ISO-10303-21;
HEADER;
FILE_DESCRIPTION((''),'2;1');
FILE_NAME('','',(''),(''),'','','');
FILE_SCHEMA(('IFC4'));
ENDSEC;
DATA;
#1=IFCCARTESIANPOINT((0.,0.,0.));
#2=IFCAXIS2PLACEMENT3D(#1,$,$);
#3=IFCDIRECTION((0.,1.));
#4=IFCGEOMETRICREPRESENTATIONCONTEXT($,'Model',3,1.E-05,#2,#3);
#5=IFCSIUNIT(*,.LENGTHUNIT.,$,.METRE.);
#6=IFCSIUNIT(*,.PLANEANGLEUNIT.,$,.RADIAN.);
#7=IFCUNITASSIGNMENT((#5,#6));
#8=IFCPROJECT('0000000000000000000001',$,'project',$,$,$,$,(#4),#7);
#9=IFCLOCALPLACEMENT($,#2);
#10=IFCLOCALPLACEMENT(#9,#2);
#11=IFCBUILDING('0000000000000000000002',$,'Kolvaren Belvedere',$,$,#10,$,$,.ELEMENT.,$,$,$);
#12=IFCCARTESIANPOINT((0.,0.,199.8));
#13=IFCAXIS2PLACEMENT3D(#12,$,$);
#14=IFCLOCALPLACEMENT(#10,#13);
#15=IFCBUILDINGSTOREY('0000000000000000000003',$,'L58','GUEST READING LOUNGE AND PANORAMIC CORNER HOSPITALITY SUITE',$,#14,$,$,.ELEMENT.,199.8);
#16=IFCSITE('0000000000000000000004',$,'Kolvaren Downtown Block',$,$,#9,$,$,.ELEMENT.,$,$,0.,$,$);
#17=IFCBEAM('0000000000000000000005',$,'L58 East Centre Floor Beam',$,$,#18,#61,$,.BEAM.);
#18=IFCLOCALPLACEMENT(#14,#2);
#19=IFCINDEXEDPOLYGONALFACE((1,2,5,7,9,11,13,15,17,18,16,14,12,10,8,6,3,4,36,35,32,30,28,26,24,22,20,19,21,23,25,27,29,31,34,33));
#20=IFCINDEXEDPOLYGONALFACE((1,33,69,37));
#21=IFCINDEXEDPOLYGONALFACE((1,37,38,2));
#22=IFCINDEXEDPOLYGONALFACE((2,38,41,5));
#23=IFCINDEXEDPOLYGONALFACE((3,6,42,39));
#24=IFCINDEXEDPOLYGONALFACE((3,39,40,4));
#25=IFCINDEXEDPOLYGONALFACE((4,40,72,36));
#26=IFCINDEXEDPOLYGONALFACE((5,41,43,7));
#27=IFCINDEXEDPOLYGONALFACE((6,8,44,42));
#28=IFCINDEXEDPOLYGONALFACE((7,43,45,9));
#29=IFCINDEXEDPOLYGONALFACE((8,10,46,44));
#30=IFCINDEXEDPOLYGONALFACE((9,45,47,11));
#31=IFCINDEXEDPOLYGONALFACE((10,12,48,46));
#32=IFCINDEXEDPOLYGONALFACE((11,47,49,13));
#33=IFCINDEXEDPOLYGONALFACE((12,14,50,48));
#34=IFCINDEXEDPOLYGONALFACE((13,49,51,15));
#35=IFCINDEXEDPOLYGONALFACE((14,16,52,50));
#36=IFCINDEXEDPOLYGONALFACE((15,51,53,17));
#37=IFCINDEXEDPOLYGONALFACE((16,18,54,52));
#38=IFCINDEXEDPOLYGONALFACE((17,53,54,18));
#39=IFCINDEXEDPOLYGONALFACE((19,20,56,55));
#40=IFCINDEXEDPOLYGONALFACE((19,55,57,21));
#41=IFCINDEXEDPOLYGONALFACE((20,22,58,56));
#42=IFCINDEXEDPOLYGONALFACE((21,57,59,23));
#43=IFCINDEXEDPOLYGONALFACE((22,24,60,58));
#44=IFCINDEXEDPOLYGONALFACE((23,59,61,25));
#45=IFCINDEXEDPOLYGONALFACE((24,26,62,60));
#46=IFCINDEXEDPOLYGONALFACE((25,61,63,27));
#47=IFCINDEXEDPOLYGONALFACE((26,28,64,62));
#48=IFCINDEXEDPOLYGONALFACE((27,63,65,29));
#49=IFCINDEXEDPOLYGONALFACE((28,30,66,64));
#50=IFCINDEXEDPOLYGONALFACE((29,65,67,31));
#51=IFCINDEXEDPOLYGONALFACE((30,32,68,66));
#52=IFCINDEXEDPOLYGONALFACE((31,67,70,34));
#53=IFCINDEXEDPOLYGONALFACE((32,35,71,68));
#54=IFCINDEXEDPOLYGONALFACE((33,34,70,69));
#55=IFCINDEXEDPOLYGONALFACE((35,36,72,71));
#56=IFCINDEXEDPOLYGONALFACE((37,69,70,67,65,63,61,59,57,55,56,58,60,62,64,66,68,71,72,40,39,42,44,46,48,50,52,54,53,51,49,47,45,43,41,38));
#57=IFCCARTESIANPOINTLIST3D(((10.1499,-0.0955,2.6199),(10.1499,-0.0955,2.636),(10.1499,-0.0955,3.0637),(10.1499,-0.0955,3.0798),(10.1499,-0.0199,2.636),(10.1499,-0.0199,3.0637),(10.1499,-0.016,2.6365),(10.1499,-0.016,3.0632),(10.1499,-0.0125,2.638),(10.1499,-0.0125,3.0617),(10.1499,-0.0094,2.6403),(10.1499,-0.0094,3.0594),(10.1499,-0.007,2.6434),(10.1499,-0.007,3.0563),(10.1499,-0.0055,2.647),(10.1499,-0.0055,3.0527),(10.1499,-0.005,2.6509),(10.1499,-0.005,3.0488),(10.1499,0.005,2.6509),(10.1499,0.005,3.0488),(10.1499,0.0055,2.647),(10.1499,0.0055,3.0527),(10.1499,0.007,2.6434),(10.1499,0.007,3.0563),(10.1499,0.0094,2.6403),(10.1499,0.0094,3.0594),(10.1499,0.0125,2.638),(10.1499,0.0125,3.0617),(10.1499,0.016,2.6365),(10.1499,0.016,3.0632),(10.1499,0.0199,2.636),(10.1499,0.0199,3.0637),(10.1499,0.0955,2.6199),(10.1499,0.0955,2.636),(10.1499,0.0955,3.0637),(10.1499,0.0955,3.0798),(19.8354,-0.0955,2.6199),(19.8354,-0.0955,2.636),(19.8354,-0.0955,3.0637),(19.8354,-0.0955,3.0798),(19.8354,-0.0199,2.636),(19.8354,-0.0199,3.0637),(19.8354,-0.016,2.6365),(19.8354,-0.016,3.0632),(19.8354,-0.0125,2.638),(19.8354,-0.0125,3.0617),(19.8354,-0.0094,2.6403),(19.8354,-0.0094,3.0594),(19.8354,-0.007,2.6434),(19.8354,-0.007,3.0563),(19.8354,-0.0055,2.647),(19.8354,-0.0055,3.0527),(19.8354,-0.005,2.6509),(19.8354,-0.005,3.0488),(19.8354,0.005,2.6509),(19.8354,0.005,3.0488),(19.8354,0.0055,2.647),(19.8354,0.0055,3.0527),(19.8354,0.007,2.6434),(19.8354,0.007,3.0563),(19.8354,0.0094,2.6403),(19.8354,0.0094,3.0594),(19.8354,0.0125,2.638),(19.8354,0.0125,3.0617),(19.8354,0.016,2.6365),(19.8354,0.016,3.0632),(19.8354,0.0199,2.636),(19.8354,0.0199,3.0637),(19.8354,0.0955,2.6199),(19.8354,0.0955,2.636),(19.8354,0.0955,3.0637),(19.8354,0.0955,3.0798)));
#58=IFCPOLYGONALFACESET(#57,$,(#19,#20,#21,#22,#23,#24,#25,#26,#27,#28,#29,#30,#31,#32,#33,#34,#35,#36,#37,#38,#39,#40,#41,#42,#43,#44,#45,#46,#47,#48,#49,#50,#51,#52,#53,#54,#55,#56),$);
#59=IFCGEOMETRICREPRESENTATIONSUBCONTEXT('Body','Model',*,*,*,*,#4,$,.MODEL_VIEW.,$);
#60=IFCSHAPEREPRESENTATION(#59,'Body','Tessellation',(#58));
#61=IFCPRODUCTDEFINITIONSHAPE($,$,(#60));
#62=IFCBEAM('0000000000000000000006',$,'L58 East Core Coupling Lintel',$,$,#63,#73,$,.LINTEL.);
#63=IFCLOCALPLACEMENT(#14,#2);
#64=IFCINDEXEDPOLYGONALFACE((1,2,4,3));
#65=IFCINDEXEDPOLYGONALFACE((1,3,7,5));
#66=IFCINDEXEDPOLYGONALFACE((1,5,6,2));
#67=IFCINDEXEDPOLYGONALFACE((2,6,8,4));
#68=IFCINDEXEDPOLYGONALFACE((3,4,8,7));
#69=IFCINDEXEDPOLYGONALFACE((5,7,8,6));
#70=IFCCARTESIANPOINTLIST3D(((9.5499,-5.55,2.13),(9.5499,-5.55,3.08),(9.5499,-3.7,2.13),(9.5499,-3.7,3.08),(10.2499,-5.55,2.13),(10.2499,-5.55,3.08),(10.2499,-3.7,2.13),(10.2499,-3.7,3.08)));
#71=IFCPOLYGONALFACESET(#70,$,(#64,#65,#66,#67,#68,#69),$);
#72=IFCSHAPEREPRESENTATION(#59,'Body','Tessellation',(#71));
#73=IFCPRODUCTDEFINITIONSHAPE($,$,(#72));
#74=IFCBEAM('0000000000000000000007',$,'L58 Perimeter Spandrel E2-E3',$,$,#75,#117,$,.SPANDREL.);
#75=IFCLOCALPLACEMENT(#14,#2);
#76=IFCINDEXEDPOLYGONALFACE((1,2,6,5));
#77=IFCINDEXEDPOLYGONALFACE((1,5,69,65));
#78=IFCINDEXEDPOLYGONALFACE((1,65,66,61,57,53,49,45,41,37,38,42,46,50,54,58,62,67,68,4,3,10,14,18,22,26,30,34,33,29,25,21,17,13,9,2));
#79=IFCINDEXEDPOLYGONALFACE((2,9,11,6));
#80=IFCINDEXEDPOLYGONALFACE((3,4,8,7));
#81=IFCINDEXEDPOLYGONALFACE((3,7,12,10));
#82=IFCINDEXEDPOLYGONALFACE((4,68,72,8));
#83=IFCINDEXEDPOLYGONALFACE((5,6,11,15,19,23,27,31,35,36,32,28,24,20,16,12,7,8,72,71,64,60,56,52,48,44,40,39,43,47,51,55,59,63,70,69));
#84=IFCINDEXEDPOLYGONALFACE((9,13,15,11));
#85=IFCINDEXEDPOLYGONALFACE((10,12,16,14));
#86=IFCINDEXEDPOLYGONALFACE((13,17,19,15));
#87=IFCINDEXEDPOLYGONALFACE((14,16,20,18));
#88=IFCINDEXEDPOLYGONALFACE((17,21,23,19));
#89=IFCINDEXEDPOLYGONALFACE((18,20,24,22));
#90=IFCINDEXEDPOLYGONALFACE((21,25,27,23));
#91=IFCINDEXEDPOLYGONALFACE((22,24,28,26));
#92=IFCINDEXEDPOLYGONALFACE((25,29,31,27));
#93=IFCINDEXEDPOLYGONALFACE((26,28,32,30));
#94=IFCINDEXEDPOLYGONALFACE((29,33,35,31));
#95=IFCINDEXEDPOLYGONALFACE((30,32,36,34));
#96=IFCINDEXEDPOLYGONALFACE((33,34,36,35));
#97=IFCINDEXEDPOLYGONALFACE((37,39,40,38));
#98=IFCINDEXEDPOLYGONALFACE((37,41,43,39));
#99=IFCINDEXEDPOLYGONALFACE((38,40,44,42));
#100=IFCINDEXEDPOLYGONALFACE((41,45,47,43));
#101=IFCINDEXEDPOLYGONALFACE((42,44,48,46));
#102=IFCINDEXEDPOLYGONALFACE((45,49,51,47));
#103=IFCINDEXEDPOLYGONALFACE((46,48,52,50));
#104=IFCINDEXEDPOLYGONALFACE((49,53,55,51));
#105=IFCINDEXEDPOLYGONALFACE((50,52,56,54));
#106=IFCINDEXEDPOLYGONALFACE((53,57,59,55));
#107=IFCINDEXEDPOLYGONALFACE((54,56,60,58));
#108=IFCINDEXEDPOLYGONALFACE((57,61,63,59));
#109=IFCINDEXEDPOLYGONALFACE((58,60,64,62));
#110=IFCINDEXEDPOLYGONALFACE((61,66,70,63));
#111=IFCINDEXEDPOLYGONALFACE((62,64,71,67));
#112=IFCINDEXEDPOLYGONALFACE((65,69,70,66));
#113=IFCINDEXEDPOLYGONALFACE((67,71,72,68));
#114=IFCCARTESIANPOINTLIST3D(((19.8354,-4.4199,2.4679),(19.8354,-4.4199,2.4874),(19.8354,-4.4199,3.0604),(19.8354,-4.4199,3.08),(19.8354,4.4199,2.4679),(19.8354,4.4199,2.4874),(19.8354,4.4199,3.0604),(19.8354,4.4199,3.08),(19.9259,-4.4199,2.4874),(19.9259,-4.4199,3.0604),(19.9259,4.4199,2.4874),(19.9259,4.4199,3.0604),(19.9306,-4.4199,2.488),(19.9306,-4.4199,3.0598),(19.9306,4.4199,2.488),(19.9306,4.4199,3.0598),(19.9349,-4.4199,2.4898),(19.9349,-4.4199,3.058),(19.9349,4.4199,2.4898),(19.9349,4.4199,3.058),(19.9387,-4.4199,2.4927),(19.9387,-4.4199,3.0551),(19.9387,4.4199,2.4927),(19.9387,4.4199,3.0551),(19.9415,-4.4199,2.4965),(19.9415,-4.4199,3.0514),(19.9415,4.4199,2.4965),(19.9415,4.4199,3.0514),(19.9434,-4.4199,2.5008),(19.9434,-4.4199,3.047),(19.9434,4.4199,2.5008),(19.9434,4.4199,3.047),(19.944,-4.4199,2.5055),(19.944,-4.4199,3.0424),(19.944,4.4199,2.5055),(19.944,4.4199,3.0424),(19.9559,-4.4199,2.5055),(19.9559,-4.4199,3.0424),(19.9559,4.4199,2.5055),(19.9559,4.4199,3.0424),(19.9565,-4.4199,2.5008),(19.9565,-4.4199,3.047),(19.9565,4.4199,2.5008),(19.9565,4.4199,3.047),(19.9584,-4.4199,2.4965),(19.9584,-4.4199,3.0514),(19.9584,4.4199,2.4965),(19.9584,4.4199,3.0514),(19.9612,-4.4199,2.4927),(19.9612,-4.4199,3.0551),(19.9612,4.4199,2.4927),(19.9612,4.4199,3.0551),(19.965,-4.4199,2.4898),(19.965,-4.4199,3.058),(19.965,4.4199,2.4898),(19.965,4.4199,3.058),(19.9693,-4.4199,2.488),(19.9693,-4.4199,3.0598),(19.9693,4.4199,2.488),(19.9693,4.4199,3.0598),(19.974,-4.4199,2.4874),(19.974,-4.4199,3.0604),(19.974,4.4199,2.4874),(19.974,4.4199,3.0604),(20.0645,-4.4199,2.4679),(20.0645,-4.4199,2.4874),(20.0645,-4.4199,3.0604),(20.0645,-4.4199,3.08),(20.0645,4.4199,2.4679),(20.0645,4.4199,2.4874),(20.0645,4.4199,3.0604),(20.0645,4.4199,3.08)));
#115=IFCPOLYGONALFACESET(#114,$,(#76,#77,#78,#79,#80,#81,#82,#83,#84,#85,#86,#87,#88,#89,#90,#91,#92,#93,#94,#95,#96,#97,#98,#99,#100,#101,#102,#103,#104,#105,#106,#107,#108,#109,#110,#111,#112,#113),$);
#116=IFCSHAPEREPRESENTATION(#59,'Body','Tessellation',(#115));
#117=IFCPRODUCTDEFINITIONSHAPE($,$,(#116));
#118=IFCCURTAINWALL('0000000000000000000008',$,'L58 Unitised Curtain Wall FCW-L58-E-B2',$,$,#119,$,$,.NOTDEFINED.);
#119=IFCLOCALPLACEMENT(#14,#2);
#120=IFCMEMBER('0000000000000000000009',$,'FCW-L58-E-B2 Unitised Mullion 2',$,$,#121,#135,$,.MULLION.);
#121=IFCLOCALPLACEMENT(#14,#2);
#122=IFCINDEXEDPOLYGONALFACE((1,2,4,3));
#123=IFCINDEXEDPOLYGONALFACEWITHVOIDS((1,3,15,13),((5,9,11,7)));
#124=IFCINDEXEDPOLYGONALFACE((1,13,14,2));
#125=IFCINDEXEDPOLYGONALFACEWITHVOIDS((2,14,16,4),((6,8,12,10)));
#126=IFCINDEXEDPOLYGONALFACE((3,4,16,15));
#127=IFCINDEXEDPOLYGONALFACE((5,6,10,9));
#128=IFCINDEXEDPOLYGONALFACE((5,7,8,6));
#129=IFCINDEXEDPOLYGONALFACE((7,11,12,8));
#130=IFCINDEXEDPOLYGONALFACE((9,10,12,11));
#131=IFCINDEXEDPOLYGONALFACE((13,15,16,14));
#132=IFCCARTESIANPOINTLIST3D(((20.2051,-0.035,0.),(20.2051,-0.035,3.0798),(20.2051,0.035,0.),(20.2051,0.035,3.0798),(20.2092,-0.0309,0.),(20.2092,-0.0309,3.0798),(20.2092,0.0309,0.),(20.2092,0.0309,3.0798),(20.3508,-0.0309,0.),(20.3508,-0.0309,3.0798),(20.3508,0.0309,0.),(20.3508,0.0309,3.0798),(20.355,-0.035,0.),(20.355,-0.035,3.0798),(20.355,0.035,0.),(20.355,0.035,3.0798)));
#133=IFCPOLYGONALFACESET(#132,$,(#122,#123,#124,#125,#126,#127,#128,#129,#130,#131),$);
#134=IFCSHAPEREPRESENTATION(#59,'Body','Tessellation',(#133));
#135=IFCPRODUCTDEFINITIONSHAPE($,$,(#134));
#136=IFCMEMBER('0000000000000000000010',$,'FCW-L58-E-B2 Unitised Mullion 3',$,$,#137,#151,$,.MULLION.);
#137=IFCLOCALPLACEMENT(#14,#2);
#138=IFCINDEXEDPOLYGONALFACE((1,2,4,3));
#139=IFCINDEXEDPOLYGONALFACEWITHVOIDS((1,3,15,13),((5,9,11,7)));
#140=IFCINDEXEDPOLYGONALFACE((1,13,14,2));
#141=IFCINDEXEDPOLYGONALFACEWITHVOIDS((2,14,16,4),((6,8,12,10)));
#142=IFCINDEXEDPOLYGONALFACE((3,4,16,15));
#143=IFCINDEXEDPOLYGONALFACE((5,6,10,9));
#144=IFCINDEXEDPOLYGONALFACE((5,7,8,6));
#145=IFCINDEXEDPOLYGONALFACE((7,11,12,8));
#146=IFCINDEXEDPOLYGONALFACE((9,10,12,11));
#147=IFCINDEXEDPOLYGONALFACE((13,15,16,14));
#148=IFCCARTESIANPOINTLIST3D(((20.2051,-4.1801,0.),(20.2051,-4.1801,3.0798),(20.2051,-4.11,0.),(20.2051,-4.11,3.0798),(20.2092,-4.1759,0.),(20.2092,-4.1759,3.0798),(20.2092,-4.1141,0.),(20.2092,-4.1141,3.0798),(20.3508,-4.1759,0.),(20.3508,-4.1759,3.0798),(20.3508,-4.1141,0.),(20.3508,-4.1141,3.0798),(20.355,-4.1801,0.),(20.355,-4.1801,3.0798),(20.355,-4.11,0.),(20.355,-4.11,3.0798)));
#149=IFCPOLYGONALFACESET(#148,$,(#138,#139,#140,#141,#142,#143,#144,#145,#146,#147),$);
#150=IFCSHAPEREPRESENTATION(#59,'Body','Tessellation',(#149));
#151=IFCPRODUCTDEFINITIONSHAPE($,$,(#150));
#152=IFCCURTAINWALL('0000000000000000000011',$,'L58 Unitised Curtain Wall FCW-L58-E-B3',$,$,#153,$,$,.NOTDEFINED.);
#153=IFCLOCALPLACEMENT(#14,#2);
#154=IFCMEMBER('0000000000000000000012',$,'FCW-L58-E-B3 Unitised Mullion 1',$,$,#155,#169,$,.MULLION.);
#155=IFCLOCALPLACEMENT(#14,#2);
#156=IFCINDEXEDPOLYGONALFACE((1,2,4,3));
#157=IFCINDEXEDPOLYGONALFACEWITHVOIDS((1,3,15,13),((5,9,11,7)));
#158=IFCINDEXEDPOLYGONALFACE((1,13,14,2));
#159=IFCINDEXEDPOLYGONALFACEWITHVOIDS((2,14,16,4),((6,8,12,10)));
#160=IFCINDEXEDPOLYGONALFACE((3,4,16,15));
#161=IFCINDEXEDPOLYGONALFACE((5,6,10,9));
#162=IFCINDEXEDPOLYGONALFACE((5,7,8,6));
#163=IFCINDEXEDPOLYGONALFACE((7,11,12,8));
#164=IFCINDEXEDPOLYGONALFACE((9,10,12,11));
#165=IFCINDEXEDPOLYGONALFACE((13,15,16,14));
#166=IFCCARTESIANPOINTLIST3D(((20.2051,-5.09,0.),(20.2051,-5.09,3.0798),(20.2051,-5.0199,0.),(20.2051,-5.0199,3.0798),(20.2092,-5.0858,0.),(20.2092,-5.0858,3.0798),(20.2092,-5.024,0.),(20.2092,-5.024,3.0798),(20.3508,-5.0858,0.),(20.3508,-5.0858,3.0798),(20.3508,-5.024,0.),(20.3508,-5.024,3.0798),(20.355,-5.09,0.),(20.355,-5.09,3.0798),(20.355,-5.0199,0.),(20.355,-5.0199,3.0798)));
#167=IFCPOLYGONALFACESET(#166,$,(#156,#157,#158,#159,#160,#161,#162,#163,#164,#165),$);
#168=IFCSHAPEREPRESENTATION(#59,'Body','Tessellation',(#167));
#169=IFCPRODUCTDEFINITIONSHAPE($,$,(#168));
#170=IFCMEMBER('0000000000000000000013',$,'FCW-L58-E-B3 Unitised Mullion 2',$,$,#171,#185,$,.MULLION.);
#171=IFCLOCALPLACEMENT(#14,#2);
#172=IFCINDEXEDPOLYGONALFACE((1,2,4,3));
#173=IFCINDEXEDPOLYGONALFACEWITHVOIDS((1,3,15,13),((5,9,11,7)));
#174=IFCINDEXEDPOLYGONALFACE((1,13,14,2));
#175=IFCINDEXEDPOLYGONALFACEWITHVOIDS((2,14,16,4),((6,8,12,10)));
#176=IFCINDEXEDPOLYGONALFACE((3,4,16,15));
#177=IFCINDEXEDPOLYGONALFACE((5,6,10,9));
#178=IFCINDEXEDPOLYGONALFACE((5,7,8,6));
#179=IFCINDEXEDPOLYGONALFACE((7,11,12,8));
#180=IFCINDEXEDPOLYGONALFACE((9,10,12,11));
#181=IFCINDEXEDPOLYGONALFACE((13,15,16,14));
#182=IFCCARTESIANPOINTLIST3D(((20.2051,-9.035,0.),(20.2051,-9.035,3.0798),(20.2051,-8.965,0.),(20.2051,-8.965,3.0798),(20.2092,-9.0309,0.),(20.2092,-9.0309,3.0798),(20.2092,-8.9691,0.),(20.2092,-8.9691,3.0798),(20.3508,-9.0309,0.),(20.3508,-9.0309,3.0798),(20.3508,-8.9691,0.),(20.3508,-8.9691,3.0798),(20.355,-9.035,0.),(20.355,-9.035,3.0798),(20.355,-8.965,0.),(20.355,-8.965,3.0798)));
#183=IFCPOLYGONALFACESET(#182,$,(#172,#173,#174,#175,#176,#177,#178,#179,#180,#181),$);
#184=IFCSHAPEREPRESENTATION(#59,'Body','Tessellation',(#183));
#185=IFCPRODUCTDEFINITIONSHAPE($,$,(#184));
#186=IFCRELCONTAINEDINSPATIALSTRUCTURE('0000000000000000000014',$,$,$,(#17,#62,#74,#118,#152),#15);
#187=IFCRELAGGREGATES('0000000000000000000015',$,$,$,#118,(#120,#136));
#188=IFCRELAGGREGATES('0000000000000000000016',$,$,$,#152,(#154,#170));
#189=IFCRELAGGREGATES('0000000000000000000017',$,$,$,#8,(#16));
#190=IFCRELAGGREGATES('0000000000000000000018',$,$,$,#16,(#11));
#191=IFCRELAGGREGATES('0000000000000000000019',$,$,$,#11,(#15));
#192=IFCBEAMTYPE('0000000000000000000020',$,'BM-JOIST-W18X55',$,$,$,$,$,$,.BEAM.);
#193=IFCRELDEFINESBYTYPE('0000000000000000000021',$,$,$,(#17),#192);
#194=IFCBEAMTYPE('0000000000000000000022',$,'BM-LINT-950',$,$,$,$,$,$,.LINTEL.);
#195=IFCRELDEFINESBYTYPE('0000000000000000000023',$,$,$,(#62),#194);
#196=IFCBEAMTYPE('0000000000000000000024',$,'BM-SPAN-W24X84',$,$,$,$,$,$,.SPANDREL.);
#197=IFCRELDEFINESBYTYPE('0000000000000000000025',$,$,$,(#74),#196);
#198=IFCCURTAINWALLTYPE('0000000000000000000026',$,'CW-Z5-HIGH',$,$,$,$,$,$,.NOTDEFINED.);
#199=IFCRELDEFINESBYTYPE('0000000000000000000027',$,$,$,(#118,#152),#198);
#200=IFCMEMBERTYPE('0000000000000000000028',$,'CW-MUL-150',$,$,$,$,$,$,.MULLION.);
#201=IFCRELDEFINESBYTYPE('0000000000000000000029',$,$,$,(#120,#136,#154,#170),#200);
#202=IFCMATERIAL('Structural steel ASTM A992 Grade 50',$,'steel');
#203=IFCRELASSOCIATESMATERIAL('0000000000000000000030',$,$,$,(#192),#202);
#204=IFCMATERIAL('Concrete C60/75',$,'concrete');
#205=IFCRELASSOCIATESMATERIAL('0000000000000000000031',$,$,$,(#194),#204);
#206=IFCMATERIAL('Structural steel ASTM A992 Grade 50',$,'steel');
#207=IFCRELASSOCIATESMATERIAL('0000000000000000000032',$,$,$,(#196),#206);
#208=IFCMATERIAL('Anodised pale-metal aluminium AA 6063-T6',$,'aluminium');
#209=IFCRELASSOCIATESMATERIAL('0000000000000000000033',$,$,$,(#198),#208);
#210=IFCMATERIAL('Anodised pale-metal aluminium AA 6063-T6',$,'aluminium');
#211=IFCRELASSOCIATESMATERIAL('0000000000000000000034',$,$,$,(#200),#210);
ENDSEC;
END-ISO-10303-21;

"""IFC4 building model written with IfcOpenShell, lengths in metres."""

from ifc_helpers import new_model, si_unit, direction, frame, origin, origin_2d, place, context, subcontext, project, spatial, rectangle, hollow_rectangle, i_section, extrude, material, material_profile, profile_set, type_object, element, aggregate, save


model = new_model("IFC4")

# Units and contexts
model_context = context("Model", 3, precision=1e-05, world=origin(), true_north=direction((0.0, 1.0)))
body_context = subcontext(model_context, "Body", "Model", "MODEL_VIEW")
ifc_project = project(units=[si_unit("LENGTHUNIT", "METRE"), si_unit("PLANEANGLEUNIT", "RADIAN")], contexts=[model_context])

# Site, building, storey
site_placement = place(None, origin())
site = spatial("IfcSite", under=ifc_project, at=site_placement, Name="Kolvaren Downtown Block", CompositionType="ELEMENT", RefElevation=0.0)
building_placement = place(site_placement, origin())
building = spatial("IfcBuilding", under=site, at=building_placement, Name="Kolvaren Belvedere", CompositionType="ELEMENT")
storey_placement = place(building_placement, frame((0.0, 0.0, 199.8)))
storey = spatial("IfcBuildingStorey", under=building, at=storey_placement, Name="L58", Description="GUEST READING LOUNGE AND PANORAMIC CORNER HOSPITALITY SUITE", CompositionType="ELEMENT", Elevation=199.8)

# Beams
ifc_material_1 = material(Name="Structural steel ASTM A992 Grade 50", Category="steel")
ifc_material_profile_1 = material_profile(ifc_material_1, i_section(OverallWidth=0.1909, OverallDepth=0.46, WebThickness=0.01, FlangeThickness=0.0161, FilletRadius=0.0149, at=origin_2d()), Name="W18X55")
ifc_profile_set_1 = profile_set([ifc_material_profile_1], Name="Structural steel ASTM A992 Grade 50")
beam_type_1 = type_object("IfcBeamType", Name="BM-JOIST-W18X55", PredefinedType="BEAM", material=ifc_profile_set_1)
beam_1_placement = place(storey_placement, frame((10.1499, 0.0, 2.8499), z_axis=(1.0, 0.0, 0.0), x_axis=(0.0, 1.0, 0.0)))
element("IfcBeam", 1, at=beam_1_placement, inside=storey, type_object=beam_type_1, Name="L58 East Centre Floor Beam", PredefinedType="BEAM", context=body_context, shape_type="SweptSolid", body=[
    extrude(i_section(OverallWidth=0.1909, OverallDepth=0.46, WebThickness=0.01, FlangeThickness=0.0161, FilletRadius=0.0149, at=origin_2d()), origin(), (0.0, 0.0, 1.0), 9.6855),
])
ifc_material_2 = material(Name="Concrete C60/75", Category="concrete")
ifc_material_profile_2 = material_profile(ifc_material_2, rectangle(XDim=0.7, YDim=0.95, at=origin_2d()), Name="RC 700X950")
ifc_profile_set_2 = profile_set([ifc_material_profile_2], Name="Concrete C60/75")
beam_type_2 = type_object("IfcBeamType", Name="BM-LINT-950", PredefinedType="LINTEL", material=ifc_profile_set_2)
beam_2_placement = place(storey_placement, frame((9.8999, -5.55, 2.605), z_axis=(0.0, 1.0, 0.0), x_axis=(-1.0, 0.0, 0.0)))
element("IfcBeam", 2, at=beam_2_placement, inside=storey, type_object=beam_type_2, Name="L58 East Core Coupling Lintel", PredefinedType="LINTEL", context=body_context, shape_type="SweptSolid", body=[
    extrude(rectangle(XDim=0.7, YDim=0.95, at=origin_2d()), origin(), (0.0, 0.0, 1.0), 1.8501),
])
ifc_material_3 = material(Name="Structural steel ASTM A992 Grade 50", Category="steel")
ifc_material_profile_3 = material_profile(ifc_material_3, i_section(OverallWidth=0.229, OverallDepth=0.6121, WebThickness=0.012, FlangeThickness=0.0195, FilletRadius=0.0181, at=origin_2d()), Name="W24X84")
ifc_profile_set_3 = profile_set([ifc_material_profile_3], Name="Structural steel ASTM A992 Grade 50")
beam_type_3 = type_object("IfcBeamType", Name="BM-SPAN-W24X84", PredefinedType="SPANDREL", material=ifc_profile_set_3)
beam_3_placement = place(storey_placement, frame((19.95, -4.4199, 2.7739), z_axis=(0.0, 1.0, 0.0), x_axis=(-1.0, 0.0, 0.0)))
element("IfcBeam", 3, at=beam_3_placement, inside=storey, type_object=beam_type_3, Name="L58 Perimeter Spandrel E2-E3", PredefinedType="SPANDREL", context=body_context, shape_type="SweptSolid", body=[
    extrude(i_section(OverallWidth=0.229, OverallDepth=0.6121, WebThickness=0.012, FlangeThickness=0.0195, FilletRadius=0.0181, at=origin_2d()), origin(), (0.0, 0.0, 1.0), 8.8398),
])

# Curtain walls, members
ifc_material_4 = material(Name="Anodised pale-metal aluminium AA 6063-T6", Category="aluminium")
curtain_wall_type = type_object("IfcCurtainWallType", Name="CW-Z5-HIGH", PredefinedType="NOTDEFINED", material=ifc_material_4)
curtain_wall_1_placement = place(storey_placement, origin())
curtain_wall_1 = element("IfcCurtainWall", 4, at=curtain_wall_1_placement, inside=storey, type_object=curtain_wall_type, Name="L58 Unitised Curtain Wall FCW-L58-E-B2", PredefinedType="NOTDEFINED")
ifc_material_5 = material(Name="Anodised pale-metal aluminium AA 6063-T6", Category="aluminium")
ifc_material_profile_4 = material_profile(ifc_material_5, hollow_rectangle(XDim=0.0701, YDim=0.1499, WallThickness=0.0042, at=origin_2d()), Name="ALU-MUL-150X70")
ifc_profile_set_4 = profile_set([ifc_material_profile_4], Name="Anodised pale-metal aluminium AA 6063-T6")
member_type_1 = type_object("IfcMemberType", Name="CW-MUL-150", PredefinedType="MULLION", material=ifc_profile_set_4)
member_1_placement = place(storey_placement, frame((20.28, 0.0, 0.0), z_axis=(0.0, 0.0, 1.0), x_axis=(0.0, 1.0, 0.0)))
member_1 = element("IfcMember", 5, at=member_1_placement, type_object=member_type_1, Name="FCW-L58-E-B2 Unitised Mullion 2", PredefinedType="MULLION", context=body_context, shape_type="SweptSolid", body=[
    extrude(hollow_rectangle(XDim=0.0701, YDim=0.1499, WallThickness=0.0042, at=origin_2d()), origin(), (0.0, 0.0, 1.0), 3.0798),
])
member_2_placement = place(storey_placement, frame((20.28, -4.145, 0.0), z_axis=(0.0, 0.0, 1.0), x_axis=(0.0, 1.0, 0.0)))
member_2 = element("IfcMember", 6, at=member_2_placement, type_object=member_type_1, Name="FCW-L58-E-B2 Unitised Mullion 3", PredefinedType="MULLION", context=body_context, shape_type="SweptSolid", body=[
    extrude(hollow_rectangle(XDim=0.0701, YDim=0.1499, WallThickness=0.0042, at=origin_2d()), origin(), (0.0, 0.0, 1.0), 3.0798),
])
curtain_wall_2_placement = place(storey_placement, origin())
curtain_wall_2 = element("IfcCurtainWall", 7, at=curtain_wall_2_placement, inside=storey, type_object=curtain_wall_type, Name="L58 Unitised Curtain Wall FCW-L58-E-B3", PredefinedType="NOTDEFINED")
member_3_placement = place(storey_placement, frame((20.28, -5.0549, 0.0), z_axis=(0.0, 0.0, 1.0), x_axis=(0.0, 1.0, 0.0)))
member_3 = element("IfcMember", 8, at=member_3_placement, type_object=member_type_1, Name="FCW-L58-E-B3 Unitised Mullion 1", PredefinedType="MULLION", context=body_context, shape_type="SweptSolid", body=[
    extrude(hollow_rectangle(XDim=0.0701, YDim=0.1499, WallThickness=0.0042, at=origin_2d()), origin(), (0.0, 0.0, 1.0), 3.0798),
])
member_4_placement = place(storey_placement, frame((20.28, -9.0, 0.0), z_axis=(0.0, 0.0, 1.0), x_axis=(0.0, 1.0, 0.0)))
member_4 = element("IfcMember", 9, at=member_4_placement, type_object=member_type_1, Name="FCW-L58-E-B3 Unitised Mullion 2", PredefinedType="MULLION", context=body_context, shape_type="SweptSolid", body=[
    extrude(hollow_rectangle(XDim=0.0701, YDim=0.1499, WallThickness=0.0042, at=origin_2d()), origin(), (0.0, 0.0, 1.0), 3.0798),
])

aggregate(curtain_wall_1, [member_1, member_2])
aggregate(curtain_wall_2, [member_3, member_4])

save(model, "model.ifc")
